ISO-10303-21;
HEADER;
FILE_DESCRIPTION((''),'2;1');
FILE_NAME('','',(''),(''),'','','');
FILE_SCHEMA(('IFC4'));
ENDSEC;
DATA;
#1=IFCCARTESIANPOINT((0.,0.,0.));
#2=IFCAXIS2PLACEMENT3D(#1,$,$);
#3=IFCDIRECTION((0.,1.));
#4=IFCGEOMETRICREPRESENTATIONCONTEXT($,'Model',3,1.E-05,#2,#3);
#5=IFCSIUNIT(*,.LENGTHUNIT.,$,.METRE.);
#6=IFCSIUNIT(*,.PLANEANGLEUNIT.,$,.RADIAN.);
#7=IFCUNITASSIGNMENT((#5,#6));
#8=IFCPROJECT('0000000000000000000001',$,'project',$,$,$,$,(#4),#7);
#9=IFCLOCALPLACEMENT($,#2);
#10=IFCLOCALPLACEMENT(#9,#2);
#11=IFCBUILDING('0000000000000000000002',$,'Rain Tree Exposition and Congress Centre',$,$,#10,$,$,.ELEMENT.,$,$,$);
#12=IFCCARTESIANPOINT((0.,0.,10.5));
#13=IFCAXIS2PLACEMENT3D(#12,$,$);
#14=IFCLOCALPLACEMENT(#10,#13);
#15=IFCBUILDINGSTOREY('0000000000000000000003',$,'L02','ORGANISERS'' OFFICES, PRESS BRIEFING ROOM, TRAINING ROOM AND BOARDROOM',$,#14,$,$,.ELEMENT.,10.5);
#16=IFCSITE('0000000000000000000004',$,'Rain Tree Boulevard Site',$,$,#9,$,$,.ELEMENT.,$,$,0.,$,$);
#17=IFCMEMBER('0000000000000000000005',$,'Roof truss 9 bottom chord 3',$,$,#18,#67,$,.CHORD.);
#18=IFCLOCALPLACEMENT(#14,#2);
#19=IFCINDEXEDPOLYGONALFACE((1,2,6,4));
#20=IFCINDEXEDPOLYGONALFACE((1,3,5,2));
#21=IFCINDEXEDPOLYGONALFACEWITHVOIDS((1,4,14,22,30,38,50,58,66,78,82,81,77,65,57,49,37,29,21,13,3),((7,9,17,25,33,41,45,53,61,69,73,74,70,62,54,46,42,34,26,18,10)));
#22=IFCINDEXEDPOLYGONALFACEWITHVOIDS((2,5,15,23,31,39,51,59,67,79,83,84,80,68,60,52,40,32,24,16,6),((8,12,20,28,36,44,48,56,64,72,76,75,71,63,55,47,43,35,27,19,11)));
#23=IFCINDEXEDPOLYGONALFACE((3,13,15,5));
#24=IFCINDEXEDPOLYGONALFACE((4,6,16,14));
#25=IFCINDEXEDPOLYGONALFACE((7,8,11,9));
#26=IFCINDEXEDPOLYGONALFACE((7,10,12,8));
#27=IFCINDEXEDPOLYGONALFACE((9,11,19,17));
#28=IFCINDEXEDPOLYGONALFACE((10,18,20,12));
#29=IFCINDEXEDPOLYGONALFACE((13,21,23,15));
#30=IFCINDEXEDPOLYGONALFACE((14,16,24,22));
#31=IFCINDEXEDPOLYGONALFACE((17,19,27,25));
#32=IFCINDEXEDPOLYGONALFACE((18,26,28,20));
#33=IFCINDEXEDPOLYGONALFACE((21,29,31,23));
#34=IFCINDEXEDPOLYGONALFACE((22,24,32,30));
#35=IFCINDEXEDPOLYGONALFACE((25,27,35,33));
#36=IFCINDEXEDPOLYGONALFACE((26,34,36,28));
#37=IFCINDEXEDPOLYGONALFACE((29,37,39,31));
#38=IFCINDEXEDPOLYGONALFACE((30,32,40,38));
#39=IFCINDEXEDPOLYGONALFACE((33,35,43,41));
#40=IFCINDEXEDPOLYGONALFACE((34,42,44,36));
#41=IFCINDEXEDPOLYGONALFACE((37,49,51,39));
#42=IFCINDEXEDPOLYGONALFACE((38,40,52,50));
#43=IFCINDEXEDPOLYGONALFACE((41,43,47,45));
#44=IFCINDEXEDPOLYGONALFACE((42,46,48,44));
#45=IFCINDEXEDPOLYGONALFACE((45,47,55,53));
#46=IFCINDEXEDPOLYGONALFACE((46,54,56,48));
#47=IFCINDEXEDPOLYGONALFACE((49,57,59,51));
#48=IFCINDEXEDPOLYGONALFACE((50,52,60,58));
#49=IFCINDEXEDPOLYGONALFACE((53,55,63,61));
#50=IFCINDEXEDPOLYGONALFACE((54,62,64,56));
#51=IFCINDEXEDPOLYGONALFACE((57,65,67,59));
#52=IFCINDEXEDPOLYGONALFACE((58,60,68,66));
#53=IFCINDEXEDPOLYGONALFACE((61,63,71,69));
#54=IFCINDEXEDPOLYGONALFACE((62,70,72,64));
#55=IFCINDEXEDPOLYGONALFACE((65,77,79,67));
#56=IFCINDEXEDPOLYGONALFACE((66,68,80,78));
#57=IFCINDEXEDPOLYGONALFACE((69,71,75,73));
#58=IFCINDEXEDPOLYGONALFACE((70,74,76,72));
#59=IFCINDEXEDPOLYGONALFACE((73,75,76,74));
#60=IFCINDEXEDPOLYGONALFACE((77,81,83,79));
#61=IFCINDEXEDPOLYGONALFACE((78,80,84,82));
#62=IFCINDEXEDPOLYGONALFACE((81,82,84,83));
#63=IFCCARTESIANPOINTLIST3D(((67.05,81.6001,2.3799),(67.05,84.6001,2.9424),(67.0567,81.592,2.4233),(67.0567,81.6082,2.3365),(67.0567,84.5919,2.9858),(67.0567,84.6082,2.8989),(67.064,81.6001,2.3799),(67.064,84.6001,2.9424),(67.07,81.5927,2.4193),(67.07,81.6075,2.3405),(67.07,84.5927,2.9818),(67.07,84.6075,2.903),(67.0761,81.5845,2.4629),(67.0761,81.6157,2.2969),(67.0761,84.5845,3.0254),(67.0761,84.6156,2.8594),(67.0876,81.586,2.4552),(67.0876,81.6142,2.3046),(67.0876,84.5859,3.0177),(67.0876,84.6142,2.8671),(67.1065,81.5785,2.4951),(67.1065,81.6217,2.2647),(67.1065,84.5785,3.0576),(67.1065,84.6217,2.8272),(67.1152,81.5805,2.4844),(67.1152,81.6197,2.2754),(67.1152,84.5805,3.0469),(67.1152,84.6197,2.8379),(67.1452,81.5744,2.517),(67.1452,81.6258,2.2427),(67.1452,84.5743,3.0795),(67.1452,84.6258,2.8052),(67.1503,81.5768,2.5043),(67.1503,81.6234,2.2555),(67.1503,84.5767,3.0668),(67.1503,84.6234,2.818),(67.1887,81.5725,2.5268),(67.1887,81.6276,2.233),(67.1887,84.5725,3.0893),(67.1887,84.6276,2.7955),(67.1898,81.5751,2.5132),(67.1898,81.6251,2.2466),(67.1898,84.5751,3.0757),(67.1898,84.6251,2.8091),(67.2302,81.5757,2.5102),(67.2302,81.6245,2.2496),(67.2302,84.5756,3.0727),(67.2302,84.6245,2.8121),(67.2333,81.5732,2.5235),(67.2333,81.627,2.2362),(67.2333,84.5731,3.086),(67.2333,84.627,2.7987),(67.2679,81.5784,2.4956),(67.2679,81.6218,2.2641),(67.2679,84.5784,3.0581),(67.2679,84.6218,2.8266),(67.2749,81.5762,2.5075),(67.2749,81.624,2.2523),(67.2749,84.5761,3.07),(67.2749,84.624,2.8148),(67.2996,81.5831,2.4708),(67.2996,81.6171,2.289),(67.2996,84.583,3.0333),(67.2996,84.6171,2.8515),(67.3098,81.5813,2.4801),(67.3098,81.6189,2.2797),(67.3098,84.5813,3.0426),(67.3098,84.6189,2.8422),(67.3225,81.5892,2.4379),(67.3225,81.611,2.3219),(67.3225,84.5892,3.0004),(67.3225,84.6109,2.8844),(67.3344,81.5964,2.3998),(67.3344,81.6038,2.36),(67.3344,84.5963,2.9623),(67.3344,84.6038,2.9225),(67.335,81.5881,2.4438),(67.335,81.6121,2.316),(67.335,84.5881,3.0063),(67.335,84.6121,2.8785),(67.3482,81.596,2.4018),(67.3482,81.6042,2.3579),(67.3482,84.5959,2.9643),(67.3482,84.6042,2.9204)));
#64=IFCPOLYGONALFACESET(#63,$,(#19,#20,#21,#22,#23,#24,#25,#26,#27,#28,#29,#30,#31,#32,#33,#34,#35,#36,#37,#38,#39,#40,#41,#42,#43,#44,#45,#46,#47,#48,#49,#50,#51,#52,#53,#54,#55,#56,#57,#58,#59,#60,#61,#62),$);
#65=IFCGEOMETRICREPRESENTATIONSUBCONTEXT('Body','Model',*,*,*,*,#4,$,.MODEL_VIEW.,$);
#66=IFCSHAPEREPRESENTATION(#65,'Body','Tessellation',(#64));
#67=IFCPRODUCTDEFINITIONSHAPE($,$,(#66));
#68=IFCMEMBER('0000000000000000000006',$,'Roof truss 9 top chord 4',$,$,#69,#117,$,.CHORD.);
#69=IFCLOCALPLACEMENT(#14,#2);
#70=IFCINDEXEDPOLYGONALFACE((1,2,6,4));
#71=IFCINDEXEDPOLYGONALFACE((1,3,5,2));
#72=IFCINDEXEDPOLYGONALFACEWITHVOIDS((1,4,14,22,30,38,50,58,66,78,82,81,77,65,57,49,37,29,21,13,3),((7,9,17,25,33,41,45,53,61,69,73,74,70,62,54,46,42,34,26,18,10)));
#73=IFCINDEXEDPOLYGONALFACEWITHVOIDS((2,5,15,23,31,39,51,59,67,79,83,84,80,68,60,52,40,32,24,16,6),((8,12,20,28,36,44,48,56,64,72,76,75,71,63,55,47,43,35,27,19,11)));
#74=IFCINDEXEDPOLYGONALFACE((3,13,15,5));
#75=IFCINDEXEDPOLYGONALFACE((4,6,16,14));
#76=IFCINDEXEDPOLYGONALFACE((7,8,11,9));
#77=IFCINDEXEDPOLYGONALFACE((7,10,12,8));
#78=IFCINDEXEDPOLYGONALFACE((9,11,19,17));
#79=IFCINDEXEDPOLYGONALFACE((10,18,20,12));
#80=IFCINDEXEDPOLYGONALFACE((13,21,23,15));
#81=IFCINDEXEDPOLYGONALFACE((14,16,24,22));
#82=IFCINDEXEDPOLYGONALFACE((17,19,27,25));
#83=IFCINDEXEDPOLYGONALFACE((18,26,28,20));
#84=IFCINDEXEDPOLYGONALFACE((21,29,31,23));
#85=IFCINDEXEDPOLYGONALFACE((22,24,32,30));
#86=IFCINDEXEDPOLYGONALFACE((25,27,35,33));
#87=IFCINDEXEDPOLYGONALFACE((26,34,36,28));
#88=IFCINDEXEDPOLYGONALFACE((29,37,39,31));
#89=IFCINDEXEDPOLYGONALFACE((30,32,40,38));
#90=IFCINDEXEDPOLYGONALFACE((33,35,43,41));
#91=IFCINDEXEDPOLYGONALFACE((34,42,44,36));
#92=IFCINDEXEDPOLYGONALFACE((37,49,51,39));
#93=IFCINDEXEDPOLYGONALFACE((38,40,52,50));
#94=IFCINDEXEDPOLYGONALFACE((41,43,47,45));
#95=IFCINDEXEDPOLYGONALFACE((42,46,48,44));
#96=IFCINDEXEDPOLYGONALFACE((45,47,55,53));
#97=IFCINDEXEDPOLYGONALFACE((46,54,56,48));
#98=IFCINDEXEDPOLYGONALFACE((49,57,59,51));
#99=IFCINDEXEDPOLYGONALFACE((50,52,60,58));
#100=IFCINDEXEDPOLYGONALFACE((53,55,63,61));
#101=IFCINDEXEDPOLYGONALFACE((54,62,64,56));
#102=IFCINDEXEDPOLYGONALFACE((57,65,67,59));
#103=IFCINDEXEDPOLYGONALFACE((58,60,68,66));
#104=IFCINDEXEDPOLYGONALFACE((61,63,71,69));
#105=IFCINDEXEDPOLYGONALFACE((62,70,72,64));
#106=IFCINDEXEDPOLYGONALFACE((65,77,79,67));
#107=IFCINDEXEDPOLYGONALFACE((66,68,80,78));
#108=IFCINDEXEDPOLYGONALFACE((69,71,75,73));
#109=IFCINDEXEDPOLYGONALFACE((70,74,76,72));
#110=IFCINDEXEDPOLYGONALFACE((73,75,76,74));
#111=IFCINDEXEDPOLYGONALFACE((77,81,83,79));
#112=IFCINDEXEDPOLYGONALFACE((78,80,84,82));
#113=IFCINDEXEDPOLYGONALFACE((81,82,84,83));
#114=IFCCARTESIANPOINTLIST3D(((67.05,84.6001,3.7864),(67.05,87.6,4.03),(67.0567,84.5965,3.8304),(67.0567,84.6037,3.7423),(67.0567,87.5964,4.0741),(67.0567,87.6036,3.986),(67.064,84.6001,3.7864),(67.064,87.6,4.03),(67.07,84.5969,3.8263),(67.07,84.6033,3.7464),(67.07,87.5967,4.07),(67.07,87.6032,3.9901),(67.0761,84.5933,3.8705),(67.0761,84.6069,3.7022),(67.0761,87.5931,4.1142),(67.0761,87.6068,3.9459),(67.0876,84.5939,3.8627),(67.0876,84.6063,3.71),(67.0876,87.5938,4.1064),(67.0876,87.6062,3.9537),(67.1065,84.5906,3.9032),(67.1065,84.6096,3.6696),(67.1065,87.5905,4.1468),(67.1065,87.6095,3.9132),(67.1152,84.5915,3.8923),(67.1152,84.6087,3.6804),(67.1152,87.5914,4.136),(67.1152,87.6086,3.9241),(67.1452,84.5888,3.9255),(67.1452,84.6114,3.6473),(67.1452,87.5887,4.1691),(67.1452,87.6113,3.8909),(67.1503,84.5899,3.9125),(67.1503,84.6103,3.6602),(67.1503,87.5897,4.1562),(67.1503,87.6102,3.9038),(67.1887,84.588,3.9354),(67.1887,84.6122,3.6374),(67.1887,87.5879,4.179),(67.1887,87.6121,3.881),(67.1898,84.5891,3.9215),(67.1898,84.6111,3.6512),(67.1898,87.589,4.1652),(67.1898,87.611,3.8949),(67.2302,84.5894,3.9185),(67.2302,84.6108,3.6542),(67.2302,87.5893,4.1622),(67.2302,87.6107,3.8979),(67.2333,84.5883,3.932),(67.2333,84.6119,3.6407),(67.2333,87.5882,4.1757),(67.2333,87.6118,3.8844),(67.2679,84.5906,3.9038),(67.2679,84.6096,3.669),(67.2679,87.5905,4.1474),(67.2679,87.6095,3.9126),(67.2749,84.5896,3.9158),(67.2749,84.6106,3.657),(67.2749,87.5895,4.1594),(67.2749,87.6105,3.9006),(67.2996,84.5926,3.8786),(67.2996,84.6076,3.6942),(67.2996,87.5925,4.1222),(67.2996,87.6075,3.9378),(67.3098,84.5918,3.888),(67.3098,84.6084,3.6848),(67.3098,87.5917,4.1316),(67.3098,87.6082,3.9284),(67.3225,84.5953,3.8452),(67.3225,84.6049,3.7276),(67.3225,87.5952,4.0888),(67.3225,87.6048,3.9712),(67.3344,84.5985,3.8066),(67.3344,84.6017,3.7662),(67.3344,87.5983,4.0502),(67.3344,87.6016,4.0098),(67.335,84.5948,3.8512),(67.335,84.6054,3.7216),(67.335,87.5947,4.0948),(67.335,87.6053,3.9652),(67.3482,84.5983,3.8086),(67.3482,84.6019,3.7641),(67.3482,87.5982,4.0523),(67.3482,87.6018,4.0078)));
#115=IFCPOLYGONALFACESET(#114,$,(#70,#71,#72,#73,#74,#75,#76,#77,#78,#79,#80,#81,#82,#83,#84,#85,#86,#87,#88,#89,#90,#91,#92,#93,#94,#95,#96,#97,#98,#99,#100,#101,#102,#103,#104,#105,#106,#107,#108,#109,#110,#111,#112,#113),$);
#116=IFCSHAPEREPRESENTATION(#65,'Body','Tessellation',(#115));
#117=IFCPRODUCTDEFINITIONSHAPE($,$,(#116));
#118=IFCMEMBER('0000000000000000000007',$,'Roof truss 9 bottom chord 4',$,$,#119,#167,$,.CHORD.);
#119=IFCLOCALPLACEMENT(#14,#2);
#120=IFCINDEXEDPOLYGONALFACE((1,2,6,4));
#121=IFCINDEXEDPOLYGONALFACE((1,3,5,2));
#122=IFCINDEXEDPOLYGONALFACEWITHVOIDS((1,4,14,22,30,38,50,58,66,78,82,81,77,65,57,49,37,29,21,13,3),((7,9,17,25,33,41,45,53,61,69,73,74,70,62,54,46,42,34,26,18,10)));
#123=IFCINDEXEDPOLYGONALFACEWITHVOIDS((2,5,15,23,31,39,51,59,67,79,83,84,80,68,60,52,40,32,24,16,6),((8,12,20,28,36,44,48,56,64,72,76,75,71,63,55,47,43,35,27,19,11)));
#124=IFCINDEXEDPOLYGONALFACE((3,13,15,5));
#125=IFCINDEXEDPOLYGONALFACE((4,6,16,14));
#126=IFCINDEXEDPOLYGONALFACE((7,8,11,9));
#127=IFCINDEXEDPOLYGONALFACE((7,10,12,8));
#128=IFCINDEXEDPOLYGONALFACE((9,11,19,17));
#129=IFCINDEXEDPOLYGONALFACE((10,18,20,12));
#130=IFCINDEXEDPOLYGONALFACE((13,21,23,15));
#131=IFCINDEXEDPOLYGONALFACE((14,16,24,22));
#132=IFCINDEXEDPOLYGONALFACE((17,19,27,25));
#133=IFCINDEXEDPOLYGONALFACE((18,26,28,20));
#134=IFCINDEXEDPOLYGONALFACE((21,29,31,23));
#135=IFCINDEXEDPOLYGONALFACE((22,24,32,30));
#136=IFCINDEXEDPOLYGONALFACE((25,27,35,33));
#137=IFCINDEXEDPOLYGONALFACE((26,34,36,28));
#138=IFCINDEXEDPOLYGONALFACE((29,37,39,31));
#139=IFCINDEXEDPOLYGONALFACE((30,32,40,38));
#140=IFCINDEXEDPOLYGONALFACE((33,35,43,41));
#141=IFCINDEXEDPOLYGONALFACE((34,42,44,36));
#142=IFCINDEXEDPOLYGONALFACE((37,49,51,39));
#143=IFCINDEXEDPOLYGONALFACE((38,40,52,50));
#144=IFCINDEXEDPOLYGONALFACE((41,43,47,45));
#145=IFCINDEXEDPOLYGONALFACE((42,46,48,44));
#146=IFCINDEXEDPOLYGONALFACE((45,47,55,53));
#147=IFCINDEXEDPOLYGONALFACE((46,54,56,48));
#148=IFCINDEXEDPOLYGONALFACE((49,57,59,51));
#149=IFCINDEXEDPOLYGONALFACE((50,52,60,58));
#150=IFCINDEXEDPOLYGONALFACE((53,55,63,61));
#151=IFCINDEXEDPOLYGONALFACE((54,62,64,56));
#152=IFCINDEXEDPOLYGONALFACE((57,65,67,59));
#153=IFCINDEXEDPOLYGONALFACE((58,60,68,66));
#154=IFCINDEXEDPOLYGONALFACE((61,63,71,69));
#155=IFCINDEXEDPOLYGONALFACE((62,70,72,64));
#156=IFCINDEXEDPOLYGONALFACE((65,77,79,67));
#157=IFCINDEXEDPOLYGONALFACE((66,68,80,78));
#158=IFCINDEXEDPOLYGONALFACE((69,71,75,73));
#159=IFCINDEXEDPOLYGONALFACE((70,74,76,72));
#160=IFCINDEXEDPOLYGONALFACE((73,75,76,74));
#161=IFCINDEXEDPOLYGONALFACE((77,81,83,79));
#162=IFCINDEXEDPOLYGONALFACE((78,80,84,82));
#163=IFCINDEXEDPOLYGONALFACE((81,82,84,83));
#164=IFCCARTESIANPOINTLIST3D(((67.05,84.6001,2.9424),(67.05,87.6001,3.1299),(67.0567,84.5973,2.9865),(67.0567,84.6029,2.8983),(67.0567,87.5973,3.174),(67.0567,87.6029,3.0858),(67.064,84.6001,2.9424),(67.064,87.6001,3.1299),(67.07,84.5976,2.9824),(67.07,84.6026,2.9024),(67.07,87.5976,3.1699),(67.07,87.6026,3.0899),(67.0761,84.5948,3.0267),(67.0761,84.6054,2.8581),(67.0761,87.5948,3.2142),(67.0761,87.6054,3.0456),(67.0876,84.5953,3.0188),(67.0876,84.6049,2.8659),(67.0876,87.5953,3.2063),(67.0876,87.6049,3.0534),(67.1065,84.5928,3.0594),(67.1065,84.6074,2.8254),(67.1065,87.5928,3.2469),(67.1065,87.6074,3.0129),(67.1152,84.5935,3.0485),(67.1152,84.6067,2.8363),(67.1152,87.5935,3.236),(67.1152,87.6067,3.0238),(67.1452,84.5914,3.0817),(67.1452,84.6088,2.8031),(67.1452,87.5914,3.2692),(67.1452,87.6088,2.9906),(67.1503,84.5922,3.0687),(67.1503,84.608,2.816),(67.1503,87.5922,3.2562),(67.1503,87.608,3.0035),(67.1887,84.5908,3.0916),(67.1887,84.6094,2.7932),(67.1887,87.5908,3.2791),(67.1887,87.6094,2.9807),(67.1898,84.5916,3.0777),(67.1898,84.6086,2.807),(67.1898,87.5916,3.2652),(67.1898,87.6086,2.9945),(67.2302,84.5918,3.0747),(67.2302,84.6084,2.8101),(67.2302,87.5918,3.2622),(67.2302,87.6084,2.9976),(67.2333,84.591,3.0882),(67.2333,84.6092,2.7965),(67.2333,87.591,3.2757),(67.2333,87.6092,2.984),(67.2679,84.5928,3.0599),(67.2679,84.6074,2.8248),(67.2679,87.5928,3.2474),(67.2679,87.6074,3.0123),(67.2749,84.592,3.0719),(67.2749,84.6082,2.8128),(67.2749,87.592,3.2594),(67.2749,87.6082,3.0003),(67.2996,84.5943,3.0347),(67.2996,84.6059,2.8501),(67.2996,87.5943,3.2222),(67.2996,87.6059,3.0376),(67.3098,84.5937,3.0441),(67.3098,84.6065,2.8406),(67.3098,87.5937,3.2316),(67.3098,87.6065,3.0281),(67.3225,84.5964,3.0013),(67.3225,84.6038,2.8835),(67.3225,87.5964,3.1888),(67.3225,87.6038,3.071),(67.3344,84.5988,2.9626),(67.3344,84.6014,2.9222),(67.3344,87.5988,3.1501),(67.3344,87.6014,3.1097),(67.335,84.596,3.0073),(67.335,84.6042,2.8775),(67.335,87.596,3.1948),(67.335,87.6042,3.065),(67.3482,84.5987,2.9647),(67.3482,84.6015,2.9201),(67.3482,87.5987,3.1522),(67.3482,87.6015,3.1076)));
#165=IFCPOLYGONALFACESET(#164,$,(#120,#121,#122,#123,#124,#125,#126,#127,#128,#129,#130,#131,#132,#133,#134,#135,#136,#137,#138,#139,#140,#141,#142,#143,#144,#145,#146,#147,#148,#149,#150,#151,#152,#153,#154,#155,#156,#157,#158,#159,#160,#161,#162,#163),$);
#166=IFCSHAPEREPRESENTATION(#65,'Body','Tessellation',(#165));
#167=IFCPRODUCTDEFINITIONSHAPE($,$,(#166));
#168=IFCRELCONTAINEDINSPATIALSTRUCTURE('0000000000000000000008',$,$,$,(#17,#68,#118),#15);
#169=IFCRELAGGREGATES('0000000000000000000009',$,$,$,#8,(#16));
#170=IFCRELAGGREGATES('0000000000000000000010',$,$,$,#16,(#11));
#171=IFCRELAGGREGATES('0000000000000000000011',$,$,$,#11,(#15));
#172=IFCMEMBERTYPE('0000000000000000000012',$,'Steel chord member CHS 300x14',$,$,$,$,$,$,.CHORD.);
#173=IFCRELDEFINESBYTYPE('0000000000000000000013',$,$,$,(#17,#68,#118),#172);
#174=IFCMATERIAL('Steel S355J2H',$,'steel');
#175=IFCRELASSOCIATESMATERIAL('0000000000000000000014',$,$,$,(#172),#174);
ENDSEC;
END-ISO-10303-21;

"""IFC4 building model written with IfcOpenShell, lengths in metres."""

from ifc_helpers import new_model, si_unit, direction, frame, origin, origin_2d, place, context, subcontext, project, spatial, hollow_circle, extrude, material, material_profile, profile_set, type_object, element, save


model = new_model("IFC4")

# Units and contexts
model_context = context("Model", 3, precision=1e-05, world=origin(), true_north=direction((0.0, 1.0)))
body_context = subcontext(model_context, "Body", "Model", "MODEL_VIEW")
ifc_project = project(units=[si_unit("LENGTHUNIT", "METRE"), si_unit("PLANEANGLEUNIT", "RADIAN")], contexts=[model_context])

# Site, building, storey
site_placement = place(None, origin())
site = spatial("IfcSite", under=ifc_project, at=site_placement, Name="Rain Tree Boulevard Site", CompositionType="ELEMENT", RefElevation=0.0)
building_placement = place(site_placement, origin())
building = spatial("IfcBuilding", under=site, at=building_placement, Name="Rain Tree Exposition and Congress Centre", CompositionType="ELEMENT")
storey_placement = place(building_placement, frame((0.0, 0.0, 10.5)))
storey = spatial("IfcBuildingStorey", under=building, at=storey_placement, Name="L02", Description="ORGANISERS' OFFICES, PRESS BRIEFING ROOM, TRAINING ROOM AND BOARDROOM", CompositionType="ELEMENT", Elevation=10.5)

# Members
ifc_material_1 = material(Name="Steel S355J2H", Category="steel")
ifc_material_profile_1 = material_profile(ifc_material_1, hollow_circle(Radius=0.1499, WallThickness=0.0139, at=origin_2d()), Name="CHS 300x14")
ifc_profile_set_1 = profile_set([ifc_material_profile_1], Name="Steel S355J2H")
member_type_1 = type_object("IfcMemberType", Name="Steel chord member CHS 300x14", PredefinedType="CHORD", material=ifc_profile_set_1)
member_1_placement = place(storey_placement, frame((67.2, 81.6001, 2.3799), z_axis=(0.0, 0.982872, 0.184289), x_axis=(-1.0, 0.0, 0.0)))
element("IfcMember", 1, at=member_1_placement, inside=storey, type_object=member_type_1, Name="Roof truss 9 bottom chord 3", PredefinedType="CHORD", context=body_context, shape_type="SweptSolid", body=[
    extrude(hollow_circle(Radius=0.1499, WallThickness=0.0139, at=origin_2d()), origin(), (0.0, 0.0, 1.0), 3.0522),
])
member_2_placement = place(storey_placement, frame((67.2, 84.6001, 3.7864), z_axis=(0.0, 0.996718, 0.080951), x_axis=(-1.0, 0.0, 0.0)))
element("IfcMember", 2, at=member_2_placement, inside=storey, type_object=member_type_1, Name="Roof truss 9 top chord 4", PredefinedType="CHORD", context=body_context, shape_type="SweptSolid", body=[
    extrude(hollow_circle(Radius=0.1499, WallThickness=0.0139, at=origin_2d()), origin(), (0.0, 0.0, 1.0), 3.0098),
])
member_3_placement = place(storey_placement, frame((67.2, 84.6001, 2.9424), z_axis=(0.0, 0.998053, 0.062378), x_axis=(-1.0, 0.0, 0.0)))
element("IfcMember", 3, at=member_3_placement, inside=storey, type_object=member_type_1, Name="Roof truss 9 bottom chord 4", PredefinedType="CHORD", context=body_context, shape_type="SweptSolid", body=[
    extrude(hollow_circle(Radius=0.1499, WallThickness=0.0139, at=origin_2d()), origin(), (0.0, 0.0, 1.0), 3.0059),
])

save(model, "model.ifc")
